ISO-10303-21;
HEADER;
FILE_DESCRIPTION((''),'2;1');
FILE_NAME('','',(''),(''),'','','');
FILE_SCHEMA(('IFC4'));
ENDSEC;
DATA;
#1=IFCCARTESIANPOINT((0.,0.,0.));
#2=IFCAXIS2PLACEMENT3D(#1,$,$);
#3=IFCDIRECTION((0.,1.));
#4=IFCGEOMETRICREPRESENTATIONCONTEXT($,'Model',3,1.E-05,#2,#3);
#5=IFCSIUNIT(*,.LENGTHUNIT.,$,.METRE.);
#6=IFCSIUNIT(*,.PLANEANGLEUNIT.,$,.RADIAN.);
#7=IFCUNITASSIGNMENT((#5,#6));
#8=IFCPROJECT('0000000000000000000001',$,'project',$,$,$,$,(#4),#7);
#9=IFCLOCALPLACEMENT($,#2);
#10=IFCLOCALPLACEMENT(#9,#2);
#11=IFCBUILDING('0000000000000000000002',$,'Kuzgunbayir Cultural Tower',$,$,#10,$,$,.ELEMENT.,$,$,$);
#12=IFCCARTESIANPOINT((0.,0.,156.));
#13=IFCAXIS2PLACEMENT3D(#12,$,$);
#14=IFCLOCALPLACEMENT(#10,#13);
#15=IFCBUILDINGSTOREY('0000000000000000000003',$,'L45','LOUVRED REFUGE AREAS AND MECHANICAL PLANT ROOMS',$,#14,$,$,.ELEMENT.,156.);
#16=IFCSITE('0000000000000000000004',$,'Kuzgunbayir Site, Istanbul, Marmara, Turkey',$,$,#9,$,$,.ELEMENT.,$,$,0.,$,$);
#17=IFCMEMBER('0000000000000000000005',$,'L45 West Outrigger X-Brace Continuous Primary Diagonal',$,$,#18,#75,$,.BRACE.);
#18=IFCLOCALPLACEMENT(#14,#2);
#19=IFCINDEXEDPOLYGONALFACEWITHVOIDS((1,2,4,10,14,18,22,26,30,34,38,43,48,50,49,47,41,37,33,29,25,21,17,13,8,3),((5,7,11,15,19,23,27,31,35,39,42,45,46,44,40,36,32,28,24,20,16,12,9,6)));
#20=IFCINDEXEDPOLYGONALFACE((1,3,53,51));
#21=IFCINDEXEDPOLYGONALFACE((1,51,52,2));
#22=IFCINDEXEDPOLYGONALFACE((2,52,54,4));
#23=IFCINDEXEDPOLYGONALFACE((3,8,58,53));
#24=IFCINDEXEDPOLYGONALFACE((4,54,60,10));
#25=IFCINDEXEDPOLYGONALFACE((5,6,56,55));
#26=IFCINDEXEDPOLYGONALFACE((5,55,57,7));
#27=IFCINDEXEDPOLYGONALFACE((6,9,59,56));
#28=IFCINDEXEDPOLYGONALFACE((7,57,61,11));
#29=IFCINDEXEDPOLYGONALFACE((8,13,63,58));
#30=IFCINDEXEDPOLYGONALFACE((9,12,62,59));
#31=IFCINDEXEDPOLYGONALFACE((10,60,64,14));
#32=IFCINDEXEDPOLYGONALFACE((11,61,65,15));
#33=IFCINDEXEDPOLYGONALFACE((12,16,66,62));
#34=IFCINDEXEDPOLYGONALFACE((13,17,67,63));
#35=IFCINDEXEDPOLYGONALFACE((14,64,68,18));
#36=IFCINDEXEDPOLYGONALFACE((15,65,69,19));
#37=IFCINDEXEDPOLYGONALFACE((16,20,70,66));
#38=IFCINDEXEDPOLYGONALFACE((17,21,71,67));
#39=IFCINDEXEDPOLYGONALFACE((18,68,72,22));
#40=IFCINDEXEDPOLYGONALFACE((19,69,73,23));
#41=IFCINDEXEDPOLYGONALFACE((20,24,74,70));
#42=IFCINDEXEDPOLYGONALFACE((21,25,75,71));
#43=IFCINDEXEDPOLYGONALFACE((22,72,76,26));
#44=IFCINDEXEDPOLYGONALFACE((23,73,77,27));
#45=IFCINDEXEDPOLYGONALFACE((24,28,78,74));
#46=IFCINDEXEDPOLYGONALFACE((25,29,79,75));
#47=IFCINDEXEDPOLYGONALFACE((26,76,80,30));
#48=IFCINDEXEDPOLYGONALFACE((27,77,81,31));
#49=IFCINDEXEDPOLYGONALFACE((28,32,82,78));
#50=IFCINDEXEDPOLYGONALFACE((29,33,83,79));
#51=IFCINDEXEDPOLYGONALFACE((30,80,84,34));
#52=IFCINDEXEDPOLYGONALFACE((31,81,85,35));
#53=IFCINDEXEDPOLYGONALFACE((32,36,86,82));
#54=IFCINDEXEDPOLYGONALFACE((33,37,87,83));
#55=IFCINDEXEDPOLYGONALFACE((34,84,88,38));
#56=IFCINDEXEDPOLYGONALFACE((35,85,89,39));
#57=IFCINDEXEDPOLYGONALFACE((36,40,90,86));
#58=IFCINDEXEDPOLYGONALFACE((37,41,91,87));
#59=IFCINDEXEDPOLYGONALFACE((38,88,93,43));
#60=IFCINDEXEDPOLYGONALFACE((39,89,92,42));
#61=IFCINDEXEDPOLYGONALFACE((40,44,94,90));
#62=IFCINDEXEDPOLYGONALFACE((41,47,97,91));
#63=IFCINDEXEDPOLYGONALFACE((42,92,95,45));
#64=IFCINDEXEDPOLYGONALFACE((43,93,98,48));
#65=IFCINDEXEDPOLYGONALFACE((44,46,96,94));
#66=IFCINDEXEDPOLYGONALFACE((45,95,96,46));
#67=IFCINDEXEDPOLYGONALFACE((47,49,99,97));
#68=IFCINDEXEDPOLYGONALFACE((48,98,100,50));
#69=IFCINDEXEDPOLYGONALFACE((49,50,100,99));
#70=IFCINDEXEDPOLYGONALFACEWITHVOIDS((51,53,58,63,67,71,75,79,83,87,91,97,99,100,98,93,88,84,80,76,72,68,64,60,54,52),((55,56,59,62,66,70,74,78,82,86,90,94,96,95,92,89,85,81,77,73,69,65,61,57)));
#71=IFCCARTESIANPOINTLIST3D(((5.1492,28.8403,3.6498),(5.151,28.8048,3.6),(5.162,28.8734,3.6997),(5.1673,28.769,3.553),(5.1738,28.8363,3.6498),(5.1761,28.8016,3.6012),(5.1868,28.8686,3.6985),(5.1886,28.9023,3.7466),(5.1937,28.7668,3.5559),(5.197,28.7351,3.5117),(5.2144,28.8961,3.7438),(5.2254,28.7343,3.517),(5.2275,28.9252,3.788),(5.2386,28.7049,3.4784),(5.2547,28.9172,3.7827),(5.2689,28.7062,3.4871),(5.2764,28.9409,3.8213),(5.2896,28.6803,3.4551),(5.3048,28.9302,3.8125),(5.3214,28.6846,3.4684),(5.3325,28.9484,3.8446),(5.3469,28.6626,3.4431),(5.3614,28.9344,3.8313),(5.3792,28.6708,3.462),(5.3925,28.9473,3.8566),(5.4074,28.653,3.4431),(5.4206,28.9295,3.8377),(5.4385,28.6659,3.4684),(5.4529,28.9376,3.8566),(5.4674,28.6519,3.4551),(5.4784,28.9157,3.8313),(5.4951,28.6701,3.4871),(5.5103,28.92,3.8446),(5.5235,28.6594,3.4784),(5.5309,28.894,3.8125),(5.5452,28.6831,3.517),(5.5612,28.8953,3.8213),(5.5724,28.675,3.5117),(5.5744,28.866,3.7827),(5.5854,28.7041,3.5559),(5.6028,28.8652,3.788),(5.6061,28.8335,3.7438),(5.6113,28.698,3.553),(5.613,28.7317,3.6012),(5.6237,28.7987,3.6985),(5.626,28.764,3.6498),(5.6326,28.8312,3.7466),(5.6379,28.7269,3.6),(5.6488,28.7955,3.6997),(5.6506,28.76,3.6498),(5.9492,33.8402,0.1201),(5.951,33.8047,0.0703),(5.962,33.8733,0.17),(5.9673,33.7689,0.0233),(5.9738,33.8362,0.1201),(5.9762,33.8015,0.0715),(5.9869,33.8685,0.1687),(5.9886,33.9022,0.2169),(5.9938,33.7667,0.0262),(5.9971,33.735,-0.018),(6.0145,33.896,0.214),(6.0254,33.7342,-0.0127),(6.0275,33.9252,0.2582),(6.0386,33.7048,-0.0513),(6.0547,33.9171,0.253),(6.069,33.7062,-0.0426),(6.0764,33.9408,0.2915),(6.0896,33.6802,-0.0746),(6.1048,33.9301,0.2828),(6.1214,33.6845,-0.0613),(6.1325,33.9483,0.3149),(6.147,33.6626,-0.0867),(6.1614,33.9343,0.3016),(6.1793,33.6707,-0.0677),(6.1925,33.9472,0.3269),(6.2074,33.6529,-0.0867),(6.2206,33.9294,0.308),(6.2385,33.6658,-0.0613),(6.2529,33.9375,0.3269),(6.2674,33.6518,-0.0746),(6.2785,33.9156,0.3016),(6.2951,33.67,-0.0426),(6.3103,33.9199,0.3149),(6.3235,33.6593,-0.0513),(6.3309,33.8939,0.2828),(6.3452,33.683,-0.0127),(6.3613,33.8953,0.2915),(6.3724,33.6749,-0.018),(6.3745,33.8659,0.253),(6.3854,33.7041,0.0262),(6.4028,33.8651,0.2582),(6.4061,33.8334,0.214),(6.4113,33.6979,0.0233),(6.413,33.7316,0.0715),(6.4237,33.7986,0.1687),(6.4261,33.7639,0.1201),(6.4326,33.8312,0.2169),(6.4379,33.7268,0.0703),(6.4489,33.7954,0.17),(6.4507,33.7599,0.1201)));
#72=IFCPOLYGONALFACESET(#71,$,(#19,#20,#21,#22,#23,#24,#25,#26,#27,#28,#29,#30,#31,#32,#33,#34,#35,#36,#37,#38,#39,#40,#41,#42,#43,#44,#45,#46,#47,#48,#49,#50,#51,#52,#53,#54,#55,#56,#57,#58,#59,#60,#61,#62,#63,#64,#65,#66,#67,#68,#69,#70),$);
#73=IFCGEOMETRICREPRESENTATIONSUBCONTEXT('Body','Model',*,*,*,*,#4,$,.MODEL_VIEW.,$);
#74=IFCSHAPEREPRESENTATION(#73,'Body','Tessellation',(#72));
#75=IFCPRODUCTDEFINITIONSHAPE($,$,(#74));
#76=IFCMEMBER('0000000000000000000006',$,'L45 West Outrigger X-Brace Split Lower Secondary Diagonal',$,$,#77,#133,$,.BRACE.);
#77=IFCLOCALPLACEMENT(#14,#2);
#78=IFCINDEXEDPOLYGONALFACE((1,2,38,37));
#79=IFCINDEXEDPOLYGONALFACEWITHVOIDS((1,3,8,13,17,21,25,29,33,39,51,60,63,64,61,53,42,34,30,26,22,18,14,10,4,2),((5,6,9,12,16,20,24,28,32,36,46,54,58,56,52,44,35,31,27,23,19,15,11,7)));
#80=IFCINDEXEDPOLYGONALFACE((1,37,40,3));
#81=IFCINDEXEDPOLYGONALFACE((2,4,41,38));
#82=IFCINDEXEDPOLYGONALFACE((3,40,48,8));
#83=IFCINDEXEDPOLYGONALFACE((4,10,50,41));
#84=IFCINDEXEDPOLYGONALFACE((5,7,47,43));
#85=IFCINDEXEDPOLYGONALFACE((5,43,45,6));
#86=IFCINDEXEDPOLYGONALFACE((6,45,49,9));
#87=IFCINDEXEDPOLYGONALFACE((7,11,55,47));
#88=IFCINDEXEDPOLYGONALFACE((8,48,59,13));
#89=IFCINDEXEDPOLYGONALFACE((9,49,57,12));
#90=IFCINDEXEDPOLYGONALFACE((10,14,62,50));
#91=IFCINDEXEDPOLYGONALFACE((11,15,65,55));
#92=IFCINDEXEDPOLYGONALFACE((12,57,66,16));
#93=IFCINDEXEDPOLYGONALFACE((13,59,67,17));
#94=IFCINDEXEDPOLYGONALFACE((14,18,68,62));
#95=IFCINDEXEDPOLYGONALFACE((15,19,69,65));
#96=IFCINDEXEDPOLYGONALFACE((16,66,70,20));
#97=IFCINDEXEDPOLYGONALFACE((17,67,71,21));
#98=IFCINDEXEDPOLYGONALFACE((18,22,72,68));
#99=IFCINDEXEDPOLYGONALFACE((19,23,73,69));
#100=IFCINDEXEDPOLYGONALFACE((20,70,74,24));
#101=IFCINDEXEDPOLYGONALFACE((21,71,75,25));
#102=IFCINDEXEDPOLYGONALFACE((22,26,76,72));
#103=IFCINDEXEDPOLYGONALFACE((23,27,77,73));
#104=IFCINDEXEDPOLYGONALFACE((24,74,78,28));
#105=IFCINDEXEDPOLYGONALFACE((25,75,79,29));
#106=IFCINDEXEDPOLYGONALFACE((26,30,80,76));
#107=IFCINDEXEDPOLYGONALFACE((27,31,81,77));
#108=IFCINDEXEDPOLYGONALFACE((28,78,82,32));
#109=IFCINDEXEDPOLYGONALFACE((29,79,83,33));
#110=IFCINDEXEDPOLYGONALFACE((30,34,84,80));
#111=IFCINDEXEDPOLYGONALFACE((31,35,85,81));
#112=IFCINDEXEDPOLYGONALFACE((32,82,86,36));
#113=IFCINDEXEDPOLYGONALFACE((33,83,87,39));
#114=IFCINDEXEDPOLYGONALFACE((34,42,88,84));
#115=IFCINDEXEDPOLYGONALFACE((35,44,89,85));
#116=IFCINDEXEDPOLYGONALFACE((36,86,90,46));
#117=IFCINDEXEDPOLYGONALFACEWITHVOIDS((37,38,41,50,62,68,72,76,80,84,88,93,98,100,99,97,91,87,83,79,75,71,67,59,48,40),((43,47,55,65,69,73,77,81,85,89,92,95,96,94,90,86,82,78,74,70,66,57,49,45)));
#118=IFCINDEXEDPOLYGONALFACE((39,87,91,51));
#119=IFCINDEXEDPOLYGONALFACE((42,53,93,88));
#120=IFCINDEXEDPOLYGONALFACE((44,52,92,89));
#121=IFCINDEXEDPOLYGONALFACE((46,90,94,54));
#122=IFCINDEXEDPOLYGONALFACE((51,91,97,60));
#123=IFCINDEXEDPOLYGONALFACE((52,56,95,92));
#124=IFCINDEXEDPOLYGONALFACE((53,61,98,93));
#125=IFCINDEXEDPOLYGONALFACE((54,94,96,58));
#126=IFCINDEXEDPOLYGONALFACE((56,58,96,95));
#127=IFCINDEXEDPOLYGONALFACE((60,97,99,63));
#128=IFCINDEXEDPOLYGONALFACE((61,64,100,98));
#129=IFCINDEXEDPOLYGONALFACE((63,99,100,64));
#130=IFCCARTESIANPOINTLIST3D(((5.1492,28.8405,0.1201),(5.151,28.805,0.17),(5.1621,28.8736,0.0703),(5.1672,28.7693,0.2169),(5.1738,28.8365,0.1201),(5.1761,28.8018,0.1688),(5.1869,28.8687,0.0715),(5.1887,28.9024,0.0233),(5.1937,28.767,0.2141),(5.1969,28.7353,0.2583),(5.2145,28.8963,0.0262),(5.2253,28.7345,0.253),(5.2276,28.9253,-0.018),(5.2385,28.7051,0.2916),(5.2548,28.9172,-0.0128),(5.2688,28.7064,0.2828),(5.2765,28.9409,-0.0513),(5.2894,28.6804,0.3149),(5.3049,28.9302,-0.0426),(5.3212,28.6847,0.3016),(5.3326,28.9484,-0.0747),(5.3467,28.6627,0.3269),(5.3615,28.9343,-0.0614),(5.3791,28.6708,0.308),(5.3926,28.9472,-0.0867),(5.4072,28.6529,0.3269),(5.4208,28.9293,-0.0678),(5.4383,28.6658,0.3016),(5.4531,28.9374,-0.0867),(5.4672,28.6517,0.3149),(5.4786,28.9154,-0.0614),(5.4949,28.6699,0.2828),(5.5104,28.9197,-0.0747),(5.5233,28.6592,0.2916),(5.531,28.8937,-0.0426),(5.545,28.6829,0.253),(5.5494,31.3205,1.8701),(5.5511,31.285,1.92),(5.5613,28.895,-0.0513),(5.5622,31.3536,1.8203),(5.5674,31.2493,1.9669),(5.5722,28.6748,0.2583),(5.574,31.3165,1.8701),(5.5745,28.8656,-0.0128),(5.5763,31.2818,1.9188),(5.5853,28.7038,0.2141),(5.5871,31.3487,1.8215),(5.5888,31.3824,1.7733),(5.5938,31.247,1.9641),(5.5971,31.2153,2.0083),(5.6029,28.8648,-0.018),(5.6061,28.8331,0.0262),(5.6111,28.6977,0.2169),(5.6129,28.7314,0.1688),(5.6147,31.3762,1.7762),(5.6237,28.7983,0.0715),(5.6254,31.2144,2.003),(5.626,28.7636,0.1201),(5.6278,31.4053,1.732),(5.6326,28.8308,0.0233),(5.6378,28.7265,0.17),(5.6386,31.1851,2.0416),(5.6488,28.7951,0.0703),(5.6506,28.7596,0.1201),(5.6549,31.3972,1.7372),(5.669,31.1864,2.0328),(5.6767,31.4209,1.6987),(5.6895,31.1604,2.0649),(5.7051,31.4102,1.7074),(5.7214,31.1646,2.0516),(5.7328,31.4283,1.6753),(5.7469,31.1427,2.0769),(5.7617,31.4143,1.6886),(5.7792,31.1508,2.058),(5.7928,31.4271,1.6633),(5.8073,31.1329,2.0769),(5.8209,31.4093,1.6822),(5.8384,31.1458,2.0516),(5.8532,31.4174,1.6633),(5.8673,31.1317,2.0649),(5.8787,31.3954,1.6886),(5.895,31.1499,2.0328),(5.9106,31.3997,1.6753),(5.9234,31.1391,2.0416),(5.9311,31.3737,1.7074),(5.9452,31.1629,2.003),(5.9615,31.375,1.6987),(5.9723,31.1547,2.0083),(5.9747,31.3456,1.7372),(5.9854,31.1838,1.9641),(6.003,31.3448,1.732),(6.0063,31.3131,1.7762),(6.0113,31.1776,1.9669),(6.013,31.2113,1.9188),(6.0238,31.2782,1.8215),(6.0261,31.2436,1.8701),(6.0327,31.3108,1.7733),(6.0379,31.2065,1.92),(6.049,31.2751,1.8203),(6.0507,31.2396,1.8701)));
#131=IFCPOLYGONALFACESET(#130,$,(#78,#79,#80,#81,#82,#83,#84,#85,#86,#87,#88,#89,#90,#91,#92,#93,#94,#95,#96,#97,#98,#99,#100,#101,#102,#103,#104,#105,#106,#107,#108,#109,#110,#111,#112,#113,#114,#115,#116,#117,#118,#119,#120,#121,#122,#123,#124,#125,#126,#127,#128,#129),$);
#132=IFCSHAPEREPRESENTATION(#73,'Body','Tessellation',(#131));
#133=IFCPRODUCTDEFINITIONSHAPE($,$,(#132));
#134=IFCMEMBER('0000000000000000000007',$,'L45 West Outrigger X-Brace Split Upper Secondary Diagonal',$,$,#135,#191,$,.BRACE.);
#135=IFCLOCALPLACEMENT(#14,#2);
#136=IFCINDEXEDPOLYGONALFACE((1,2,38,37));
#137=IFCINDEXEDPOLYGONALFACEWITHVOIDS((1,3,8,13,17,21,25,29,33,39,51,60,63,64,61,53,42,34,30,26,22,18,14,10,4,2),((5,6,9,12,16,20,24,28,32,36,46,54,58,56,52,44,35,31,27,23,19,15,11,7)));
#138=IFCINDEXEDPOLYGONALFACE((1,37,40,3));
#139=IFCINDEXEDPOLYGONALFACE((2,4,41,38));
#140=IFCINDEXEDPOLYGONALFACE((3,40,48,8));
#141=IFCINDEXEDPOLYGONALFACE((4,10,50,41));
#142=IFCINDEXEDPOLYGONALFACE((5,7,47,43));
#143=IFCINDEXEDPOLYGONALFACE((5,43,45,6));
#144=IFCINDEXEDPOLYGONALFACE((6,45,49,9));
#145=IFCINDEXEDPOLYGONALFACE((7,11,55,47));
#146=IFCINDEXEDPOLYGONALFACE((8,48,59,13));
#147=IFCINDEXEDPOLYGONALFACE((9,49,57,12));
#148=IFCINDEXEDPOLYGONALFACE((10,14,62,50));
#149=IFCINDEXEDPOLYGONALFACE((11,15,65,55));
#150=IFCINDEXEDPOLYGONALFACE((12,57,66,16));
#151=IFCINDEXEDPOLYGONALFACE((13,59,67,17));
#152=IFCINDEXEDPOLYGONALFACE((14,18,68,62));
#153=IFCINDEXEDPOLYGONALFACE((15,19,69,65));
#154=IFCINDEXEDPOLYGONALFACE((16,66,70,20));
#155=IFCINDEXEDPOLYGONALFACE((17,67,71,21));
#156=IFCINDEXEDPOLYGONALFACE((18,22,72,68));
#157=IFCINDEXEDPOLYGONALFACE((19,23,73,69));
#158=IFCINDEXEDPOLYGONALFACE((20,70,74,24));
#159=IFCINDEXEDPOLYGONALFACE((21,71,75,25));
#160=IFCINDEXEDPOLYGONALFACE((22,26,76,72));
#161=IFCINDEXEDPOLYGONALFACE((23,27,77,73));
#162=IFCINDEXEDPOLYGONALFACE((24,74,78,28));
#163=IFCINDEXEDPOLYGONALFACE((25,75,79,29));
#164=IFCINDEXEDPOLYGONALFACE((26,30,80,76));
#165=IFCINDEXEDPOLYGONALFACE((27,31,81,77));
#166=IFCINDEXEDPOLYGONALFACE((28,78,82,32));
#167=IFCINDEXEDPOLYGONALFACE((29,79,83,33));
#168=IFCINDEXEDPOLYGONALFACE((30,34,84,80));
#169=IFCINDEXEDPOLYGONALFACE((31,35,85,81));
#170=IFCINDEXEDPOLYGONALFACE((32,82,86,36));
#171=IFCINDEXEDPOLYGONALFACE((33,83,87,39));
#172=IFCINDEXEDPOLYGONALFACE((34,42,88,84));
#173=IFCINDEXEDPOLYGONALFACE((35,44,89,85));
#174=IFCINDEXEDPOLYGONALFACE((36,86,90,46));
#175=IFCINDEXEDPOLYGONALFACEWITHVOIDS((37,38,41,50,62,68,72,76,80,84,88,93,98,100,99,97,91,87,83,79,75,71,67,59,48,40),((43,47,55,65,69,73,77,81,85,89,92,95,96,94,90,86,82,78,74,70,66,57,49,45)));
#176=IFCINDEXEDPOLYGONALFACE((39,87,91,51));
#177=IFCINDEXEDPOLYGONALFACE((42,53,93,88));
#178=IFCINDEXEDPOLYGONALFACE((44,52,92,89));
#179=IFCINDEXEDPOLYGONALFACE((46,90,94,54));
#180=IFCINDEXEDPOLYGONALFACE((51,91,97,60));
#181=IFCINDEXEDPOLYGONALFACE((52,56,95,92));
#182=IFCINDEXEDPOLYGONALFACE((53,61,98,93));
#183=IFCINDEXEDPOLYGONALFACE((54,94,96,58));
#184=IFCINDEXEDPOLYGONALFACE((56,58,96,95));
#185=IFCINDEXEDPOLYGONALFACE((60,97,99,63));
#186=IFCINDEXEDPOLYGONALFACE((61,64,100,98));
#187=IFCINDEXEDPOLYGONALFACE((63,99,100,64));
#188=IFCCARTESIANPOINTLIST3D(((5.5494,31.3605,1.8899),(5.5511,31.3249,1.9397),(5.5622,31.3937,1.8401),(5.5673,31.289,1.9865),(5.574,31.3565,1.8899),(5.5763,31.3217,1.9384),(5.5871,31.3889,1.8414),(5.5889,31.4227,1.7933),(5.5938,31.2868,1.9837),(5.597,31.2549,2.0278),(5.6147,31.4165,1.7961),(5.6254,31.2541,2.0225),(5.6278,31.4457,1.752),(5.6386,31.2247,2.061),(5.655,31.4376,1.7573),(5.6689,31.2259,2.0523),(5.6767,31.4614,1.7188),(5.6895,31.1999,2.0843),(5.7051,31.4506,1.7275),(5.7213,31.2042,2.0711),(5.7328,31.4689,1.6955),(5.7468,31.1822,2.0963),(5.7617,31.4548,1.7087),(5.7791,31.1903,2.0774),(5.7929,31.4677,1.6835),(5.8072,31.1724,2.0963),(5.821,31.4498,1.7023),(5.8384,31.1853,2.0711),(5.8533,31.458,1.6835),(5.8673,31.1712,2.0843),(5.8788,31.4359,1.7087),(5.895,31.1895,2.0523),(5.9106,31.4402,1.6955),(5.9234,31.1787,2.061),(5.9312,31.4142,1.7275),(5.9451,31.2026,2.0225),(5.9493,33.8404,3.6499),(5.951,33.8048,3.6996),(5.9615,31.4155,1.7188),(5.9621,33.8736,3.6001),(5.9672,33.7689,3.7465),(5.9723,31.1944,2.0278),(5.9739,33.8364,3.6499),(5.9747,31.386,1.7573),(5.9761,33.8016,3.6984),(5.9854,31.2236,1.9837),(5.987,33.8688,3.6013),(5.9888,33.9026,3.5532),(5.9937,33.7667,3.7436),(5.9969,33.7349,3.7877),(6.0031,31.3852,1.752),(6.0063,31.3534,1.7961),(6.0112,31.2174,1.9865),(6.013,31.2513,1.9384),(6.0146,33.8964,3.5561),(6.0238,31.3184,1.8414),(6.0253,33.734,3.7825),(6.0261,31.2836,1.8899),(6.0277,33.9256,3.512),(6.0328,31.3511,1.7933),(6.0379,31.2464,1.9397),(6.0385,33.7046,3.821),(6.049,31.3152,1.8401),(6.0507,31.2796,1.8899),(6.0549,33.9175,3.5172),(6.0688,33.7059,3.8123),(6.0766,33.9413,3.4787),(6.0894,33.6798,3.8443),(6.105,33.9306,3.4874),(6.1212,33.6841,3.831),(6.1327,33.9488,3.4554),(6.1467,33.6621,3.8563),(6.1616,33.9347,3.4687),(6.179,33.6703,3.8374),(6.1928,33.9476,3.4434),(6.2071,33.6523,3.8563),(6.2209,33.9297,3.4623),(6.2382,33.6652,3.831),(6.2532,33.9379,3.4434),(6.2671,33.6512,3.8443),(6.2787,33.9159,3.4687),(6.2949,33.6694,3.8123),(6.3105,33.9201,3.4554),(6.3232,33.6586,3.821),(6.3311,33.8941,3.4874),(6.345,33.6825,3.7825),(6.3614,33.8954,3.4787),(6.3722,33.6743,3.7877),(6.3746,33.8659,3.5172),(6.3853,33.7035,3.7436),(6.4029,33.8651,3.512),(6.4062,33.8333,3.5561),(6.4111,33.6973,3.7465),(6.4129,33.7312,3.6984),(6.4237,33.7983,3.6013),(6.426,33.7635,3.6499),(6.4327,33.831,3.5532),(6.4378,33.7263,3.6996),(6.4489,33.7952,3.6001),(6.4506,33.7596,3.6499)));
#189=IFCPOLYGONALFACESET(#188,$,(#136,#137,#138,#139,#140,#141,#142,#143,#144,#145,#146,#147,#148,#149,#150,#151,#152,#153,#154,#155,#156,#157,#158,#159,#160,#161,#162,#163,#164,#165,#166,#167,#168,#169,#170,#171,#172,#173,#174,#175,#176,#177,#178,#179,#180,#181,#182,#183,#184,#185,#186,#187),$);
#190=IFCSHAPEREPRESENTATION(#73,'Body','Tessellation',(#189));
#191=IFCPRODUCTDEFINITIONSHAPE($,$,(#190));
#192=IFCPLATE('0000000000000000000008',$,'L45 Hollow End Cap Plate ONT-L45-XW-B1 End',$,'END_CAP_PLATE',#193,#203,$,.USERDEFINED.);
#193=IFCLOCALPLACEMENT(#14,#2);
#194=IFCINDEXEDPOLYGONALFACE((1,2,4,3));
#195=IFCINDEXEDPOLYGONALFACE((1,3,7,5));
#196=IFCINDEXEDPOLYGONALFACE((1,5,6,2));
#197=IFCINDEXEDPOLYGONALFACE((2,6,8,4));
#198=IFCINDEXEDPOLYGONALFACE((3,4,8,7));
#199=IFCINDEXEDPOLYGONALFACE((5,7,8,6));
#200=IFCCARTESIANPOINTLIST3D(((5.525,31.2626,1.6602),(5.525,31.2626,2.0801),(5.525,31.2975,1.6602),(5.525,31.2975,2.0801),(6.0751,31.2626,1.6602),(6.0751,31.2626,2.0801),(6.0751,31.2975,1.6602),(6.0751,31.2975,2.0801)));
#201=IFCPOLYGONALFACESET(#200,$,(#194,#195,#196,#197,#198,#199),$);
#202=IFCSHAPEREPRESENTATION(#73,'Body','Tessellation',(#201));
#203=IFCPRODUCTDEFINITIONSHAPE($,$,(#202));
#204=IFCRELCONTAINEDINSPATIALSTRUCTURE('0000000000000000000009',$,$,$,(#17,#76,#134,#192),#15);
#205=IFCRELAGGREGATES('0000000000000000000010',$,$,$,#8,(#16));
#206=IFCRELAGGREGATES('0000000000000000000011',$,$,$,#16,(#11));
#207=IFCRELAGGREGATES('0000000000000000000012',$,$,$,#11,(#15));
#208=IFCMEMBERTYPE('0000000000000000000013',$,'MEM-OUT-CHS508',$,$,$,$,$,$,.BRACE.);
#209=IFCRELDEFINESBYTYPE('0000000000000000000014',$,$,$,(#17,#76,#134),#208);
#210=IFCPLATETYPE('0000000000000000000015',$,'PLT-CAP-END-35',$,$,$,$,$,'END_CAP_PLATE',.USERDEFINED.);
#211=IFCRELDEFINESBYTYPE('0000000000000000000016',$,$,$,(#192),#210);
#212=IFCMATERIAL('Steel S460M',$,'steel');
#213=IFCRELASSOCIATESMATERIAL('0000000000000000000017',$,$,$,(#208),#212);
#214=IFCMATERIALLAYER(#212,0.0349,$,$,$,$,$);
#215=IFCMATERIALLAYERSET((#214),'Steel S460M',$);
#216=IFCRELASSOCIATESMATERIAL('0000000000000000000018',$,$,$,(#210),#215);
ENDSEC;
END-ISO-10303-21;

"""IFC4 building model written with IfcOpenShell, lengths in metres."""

from ifc_helpers import new_model, si_unit, direction, frame, origin, origin_2d, place, context, subcontext, project, spatial, rectangle, hollow_circle, extrude, material, layer, layer_set, material_profile, profile_set, type_object, element, save


model = new_model("IFC4")

# Units and contexts
model_context = context("Model", 3, precision=1e-05, world=origin(), true_north=direction((0.0, 1.0)))
body_context = subcontext(model_context, "Body", "Model", "MODEL_VIEW")
ifc_project = project(units=[si_unit("LENGTHUNIT", "METRE"), si_unit("PLANEANGLEUNIT", "RADIAN")], contexts=[model_context])

# Site, building, storey
site_placement = place(None, origin())
site = spatial("IfcSite", under=ifc_project, at=site_placement, Name="Kuzgunbayir Site, Istanbul, Marmara, Turkey", CompositionType="ELEMENT", RefElevation=0.0)
building_placement = place(site_placement, origin())
building = spatial("IfcBuilding", under=site, at=building_placement, Name="Kuzgunbayir Cultural Tower", CompositionType="ELEMENT")
storey_placement = place(building_placement, frame((0.0, 0.0, 156.0)))
storey = spatial("IfcBuildingStorey", under=building, at=storey_placement, Name="L45", Description="LOUVRED REFUGE AREAS AND MECHANICAL PLANT ROOMS", CompositionType="ELEMENT", Elevation=156.0)

# Members
ifc_material_1 = material(Name="Steel S460M", Category="steel")
ifc_material_profile_1 = material_profile(ifc_material_1, hollow_circle(Radius=0.2539, WallThickness=0.0249, at=origin_2d()), Name="CHS 508x25")
ifc_profile_set_1 = profile_set([ifc_material_profile_1], Name="Steel S460M")
member_type = type_object("IfcMemberType", Name="MEM-OUT-CHS508", PredefinedType="BRACE", material=ifc_profile_set_1)
member_1_placement = place(storey_placement, frame((6.2, 33.8, 0.1201), z_axis=(-0.129616, -0.810048, 0.571859), x_axis=(0.987439, -0.158, 0.0)))
element("IfcMember", 1, at=member_1_placement, inside=storey, type_object=member_type, Name="L45 West Outrigger X-Brace Continuous Primary Diagonal", PredefinedType="BRACE", context=body_context, shape_type="SweptSolid", body=[
    extrude(hollow_circle(Radius=0.2539, WallThickness=0.0249, at=origin_2d()), origin(), (0.0, 0.0, 1.0), 6.1724),
])
member_2_placement = place(storey_placement, frame((5.3999, 28.8, 0.1201), z_axis=(0.130702, 0.810048, 0.571611), x_axis=(-0.987232, 0.15929, 0.0)))
element("IfcMember", 2, at=member_2_placement, inside=storey, type_object=member_type, Name="L45 West Outrigger X-Brace Split Lower Secondary Diagonal", PredefinedType="BRACE", context=body_context, shape_type="SweptSolid", body=[
    extrude(hollow_circle(Radius=0.2539, WallThickness=0.0249, at=origin_2d()), origin(), (0.0, 0.0, 1.0), 3.0615),
])
member_3_placement = place(storey_placement, frame((5.8, 31.3201, 1.8899), z_axis=(0.130379, 0.808542, 0.573812), x_axis=(-0.987247, 0.159196, 0.0)))
element("IfcMember", 3, at=member_3_placement, inside=storey, type_object=member_type, Name="L45 West Outrigger X-Brace Split Upper Secondary Diagonal", PredefinedType="BRACE", context=body_context, shape_type="SweptSolid", body=[
    extrude(hollow_circle(Radius=0.2539, WallThickness=0.0249, at=origin_2d()), origin(), (0.0, 0.0, 1.0), 3.0671),
])

# Plate
ifc_layer_1 = layer(ifc_material_1, 0.0349)
ifc_layer_set_1 = layer_set([ifc_layer_1], Name="Steel S460M")
plate_type_1 = type_object("IfcPlateType", Name="PLT-CAP-END-35", ElementType="END_CAP_PLATE", PredefinedType="USERDEFINED", material=ifc_layer_set_1)
for number, where, z_axis, x_axis, name in (
    (4, (5.8, 31.28, 1.6602), (0.0, 0.0, 1.0), (1.0, 0.0, 0.0), "L45 Hollow End Cap Plate ONT-L45-XW-B1 End"),
):
    element("IfcPlate", number, at=place(storey_placement, frame(where, z_axis=z_axis, x_axis=x_axis)), inside=storey, type_object=plate_type_1, Name=name, ObjectType="END_CAP_PLATE", PredefinedType="USERDEFINED", context=body_context, shape_type="SweptSolid", body=[
        extrude(rectangle(XDim=0.55, YDim=0.0349, at=origin_2d()), origin(), (0.0, 0.0, 1.0), 0.4199),
    ])

save(model, "model.ifc")
